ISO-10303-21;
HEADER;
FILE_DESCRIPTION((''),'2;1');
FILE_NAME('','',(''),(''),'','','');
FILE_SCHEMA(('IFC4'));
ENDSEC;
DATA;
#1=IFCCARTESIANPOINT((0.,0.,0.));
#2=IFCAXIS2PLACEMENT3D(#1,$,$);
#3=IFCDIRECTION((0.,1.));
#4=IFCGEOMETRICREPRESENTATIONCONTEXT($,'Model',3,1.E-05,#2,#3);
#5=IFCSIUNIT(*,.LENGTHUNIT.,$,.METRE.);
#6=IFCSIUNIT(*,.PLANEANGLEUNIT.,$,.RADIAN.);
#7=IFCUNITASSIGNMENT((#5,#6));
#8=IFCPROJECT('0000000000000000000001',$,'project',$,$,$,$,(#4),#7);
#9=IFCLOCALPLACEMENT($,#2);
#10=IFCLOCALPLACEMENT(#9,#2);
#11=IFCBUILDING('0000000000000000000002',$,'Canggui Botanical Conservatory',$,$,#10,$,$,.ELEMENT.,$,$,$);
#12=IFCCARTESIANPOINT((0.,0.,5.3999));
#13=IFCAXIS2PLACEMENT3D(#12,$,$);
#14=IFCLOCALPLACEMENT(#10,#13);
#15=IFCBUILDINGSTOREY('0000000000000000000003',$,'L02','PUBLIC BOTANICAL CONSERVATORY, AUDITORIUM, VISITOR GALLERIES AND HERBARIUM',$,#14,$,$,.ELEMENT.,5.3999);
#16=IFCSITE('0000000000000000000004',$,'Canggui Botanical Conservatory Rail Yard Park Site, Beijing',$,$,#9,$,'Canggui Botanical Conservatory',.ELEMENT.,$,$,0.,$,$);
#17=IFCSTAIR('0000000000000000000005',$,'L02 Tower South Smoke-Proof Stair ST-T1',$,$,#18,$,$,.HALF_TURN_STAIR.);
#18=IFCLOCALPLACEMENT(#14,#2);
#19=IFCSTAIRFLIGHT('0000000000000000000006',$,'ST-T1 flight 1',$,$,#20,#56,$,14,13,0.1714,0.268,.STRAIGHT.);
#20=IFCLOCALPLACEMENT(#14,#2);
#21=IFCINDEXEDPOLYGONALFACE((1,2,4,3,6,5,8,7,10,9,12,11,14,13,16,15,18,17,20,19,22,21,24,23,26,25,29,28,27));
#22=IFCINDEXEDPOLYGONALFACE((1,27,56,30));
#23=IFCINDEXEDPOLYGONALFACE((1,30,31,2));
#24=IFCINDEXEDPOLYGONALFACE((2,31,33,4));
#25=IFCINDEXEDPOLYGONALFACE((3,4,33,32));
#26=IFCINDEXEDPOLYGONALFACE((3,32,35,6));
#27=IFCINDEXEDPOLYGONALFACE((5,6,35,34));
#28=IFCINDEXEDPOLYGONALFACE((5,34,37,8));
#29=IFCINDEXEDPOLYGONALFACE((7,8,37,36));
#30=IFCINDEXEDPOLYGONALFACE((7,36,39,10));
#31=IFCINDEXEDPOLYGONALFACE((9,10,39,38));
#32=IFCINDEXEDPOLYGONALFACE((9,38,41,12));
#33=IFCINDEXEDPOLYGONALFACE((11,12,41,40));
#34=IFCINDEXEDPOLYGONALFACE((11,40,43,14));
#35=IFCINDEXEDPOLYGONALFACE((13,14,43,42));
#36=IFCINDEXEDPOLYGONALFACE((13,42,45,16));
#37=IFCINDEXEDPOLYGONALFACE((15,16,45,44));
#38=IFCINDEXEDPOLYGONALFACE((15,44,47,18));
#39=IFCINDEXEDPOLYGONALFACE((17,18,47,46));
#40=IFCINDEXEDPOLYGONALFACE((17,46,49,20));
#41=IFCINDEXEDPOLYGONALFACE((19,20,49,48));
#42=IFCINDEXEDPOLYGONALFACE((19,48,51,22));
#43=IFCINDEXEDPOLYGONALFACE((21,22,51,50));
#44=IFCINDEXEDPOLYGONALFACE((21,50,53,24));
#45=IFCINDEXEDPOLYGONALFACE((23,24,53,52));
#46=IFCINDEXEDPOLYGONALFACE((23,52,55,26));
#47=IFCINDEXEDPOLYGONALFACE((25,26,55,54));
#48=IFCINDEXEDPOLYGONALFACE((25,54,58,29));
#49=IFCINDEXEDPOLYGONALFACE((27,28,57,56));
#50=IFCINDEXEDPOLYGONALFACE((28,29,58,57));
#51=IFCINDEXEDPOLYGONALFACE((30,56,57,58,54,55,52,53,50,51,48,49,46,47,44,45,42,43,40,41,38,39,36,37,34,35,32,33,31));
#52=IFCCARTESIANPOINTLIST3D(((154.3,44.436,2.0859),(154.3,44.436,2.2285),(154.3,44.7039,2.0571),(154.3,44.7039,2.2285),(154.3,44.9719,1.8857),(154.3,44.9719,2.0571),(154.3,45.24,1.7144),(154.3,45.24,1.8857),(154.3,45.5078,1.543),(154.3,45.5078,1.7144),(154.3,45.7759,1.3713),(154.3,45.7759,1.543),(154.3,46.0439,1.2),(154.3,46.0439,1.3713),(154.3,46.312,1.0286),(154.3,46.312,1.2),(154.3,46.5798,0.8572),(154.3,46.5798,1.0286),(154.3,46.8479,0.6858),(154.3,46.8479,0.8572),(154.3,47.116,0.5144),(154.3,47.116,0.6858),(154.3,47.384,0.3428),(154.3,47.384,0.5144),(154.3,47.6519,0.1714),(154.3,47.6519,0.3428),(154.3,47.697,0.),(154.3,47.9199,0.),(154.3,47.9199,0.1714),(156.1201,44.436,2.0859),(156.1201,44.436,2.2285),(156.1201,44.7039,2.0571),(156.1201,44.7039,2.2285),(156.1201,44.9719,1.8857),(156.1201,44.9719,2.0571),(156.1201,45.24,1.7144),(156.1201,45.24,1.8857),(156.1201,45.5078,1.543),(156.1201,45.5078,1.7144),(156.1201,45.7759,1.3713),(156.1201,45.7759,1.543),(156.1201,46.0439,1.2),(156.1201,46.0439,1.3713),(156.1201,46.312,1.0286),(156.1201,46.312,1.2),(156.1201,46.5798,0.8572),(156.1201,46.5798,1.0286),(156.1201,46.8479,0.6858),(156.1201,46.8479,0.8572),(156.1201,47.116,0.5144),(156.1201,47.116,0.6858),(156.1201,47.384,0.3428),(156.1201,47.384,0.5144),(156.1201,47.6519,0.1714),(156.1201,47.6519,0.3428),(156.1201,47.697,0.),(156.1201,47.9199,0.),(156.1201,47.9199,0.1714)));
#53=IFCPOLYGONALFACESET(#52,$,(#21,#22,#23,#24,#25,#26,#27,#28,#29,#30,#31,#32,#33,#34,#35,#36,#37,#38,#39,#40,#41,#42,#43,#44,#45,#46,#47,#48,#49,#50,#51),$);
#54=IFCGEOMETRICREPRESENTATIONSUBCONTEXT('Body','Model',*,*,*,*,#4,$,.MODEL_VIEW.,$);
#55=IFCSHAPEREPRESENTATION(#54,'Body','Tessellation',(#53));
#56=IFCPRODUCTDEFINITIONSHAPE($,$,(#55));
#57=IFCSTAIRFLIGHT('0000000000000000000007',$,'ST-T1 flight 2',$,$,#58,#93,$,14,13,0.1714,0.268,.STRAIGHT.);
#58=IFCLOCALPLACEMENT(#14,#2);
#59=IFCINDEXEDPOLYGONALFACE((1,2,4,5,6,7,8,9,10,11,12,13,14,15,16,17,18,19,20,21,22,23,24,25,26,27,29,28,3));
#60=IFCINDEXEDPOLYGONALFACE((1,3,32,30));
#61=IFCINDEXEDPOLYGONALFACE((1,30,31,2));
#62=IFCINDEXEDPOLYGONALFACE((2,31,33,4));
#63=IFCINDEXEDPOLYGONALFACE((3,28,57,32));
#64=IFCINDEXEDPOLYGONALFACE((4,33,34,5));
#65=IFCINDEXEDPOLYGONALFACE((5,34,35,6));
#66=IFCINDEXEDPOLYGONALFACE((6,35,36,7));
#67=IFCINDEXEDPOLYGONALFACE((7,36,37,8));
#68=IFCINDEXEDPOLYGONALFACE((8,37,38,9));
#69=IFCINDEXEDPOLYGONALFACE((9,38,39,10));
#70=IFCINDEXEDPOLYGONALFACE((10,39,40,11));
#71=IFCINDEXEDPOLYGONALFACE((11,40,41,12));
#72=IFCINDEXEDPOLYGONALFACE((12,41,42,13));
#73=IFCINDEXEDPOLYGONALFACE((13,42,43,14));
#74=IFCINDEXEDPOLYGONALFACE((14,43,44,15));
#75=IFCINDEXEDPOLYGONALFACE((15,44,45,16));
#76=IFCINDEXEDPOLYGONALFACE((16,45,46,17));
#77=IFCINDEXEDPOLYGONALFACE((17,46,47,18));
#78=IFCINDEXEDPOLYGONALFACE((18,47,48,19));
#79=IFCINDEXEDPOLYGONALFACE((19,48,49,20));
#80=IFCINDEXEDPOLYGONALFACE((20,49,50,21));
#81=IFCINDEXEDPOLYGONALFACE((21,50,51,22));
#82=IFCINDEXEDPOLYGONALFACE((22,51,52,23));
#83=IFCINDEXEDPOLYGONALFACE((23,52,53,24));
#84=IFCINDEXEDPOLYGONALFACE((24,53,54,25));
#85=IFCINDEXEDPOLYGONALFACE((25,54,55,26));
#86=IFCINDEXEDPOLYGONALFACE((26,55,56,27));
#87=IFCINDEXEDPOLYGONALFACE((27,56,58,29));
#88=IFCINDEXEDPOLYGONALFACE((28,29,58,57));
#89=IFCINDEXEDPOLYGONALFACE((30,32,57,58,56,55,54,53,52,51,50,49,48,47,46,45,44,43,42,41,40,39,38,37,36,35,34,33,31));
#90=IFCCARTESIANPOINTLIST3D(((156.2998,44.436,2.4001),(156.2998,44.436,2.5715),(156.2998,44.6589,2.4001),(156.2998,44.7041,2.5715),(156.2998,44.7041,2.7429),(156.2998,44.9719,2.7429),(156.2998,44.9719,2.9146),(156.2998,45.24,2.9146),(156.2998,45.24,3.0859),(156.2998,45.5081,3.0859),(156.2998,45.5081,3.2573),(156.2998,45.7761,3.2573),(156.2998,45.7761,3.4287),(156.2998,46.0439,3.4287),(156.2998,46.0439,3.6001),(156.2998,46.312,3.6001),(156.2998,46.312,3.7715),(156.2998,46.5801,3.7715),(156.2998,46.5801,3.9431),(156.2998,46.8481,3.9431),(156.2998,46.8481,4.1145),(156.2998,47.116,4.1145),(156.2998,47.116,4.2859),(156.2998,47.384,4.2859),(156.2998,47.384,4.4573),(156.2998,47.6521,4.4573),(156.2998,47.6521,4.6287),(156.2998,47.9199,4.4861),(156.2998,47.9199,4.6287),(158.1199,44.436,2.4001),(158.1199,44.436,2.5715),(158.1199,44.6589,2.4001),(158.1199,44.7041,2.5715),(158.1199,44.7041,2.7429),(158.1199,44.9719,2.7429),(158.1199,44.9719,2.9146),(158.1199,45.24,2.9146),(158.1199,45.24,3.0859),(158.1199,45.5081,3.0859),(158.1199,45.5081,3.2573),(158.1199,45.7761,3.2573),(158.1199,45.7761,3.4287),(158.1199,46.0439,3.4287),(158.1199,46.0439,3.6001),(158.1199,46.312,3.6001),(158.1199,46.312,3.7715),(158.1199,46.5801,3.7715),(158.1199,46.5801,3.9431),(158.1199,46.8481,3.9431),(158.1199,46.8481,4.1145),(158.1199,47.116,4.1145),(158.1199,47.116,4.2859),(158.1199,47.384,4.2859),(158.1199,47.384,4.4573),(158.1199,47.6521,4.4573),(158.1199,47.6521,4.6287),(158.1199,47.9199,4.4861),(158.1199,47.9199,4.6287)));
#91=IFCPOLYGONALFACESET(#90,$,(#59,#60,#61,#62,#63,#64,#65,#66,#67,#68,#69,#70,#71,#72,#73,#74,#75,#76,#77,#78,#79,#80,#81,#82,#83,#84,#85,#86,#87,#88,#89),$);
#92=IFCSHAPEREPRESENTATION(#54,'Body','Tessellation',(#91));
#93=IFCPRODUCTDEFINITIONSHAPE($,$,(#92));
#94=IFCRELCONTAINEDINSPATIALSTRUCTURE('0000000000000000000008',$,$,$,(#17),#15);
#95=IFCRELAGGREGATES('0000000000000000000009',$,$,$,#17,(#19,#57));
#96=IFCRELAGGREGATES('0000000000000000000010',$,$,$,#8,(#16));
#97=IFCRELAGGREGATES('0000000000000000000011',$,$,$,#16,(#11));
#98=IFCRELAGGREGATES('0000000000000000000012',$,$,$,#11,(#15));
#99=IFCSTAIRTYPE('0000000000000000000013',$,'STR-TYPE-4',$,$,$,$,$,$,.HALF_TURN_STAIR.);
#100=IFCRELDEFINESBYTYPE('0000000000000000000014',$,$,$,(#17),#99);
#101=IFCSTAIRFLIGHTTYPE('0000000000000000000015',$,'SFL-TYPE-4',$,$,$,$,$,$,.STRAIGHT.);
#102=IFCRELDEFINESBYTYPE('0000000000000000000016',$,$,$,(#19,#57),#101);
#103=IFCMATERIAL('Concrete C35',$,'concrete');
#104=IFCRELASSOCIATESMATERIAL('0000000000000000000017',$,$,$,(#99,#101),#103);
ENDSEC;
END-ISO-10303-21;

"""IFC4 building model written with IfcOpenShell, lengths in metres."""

from ifc_helpers import new_model, si_unit, direction, frame, origin, place, context, subcontext, project, spatial, polyline, outline, extrude, material, type_object, element, aggregate, save


model = new_model("IFC4")

# Units and contexts
model_context = context("Model", 3, precision=1e-05, world=origin(), true_north=direction((0.0, 1.0)))
body_context = subcontext(model_context, "Body", "Model", "MODEL_VIEW")
ifc_project = project(units=[si_unit("LENGTHUNIT", "METRE"), si_unit("PLANEANGLEUNIT", "RADIAN")], contexts=[model_context])

# Site, building, storey
site_placement = place(None, origin())
site = spatial("IfcSite", under=ifc_project, at=site_placement, Name="Canggui Botanical Conservatory Rail Yard Park Site, Beijing", LongName="Canggui Botanical Conservatory", CompositionType="ELEMENT", RefElevation=0.0)
building_placement = place(site_placement, origin())
building = spatial("IfcBuilding", under=site, at=building_placement, Name="Canggui Botanical Conservatory", CompositionType="ELEMENT")
storey_placement = place(building_placement, frame((0.0, 0.0, 5.3999)))
storey = spatial("IfcBuildingStorey", under=building, at=storey_placement, Name="L02", Description="PUBLIC BOTANICAL CONSERVATORY, AUDITORIUM, VISITOR GALLERIES AND HERBARIUM", CompositionType="ELEMENT", Elevation=5.3999)

# Shared definitions
ifc_material_1 = material(Name="Concrete C35", Category="concrete")

# Stair, stair flights
stair_type = type_object("IfcStairType", Name="STR-TYPE-4", PredefinedType="HALF_TURN_STAIR", material=ifc_material_1)
stair_placement = place(storey_placement, origin())
stair = element("IfcStair", 1, at=stair_placement, inside=storey, type_object=stair_type, Name="L02 Tower South Smoke-Proof Stair ST-T1", PredefinedType="HALF_TURN_STAIR")
stair_flight_type = type_object("IfcStairFlightType", Name="SFL-TYPE-4", PredefinedType="STRAIGHT", material=ifc_material_1)
stair_flight_1_placement = place(storey_placement, frame((155.21, 47.9199, 0.0), z_axis=(0.0, 0.0, 1.0), x_axis=(0.0, -1.0, 0.0)))
stair_flight_1 = element("IfcStairFlight", 2, at=stair_flight_1_placement, type_object=stair_flight_type, Name="ST-T1 flight 1", NumberOfRisers=14, NumberOfTreads=13, PredefinedType="STRAIGHT", RiserHeight=0.1714, TreadLength=0.268, context=body_context, shape_type="SweptSolid", body=[
    extrude(outline(polyline([(0.0, 0.0), (0.0, 0.1714), (0.2681, 0.1714), (0.2681, 0.3428), (0.5359, 0.3428), (0.5359, 0.5144), (0.804, 0.5144), (0.804, 0.6858), (1.072, 0.6858), (1.072, 0.8572), (1.3401, 0.8572), (1.3401, 1.0286), (1.6079, 1.0286), (1.6079, 1.2), (1.876, 1.2), (1.876, 1.3713), (2.144, 1.3713), (2.144, 1.543), (2.4121, 1.543), (2.4121, 1.7144), (2.6799, 1.7144), (2.6799, 1.8857), (2.948, 1.8857), (2.948, 2.0571), (3.2161, 2.0571), (3.2161, 2.2285), (3.4839, 2.2285), (3.4839, 2.3999), (3.4839, 2.0859), (0.2229, 0.0), (0.0, 0.0)])), frame((0.0, 0.9102, 0.0), z_axis=(0.0, -1.0, 0.0), x_axis=(1.0, 0.0, 0.0)), (0.0, 0.0, 1.0), 1.8201),
])
stair_flight_2_placement = place(storey_placement, frame((157.21, 44.436, 2.4001), z_axis=(0.0, 0.0, 1.0), x_axis=(0.0, 1.0, 0.0)))
stair_flight_2 = element("IfcStairFlight", 3, at=stair_flight_2_placement, type_object=stair_flight_type, Name="ST-T1 flight 2", NumberOfRisers=14, NumberOfTreads=13, PredefinedType="STRAIGHT", RiserHeight=0.1714, TreadLength=0.268, context=body_context, shape_type="SweptSolid", body=[
    extrude(outline(polyline([(0.0, 0.0), (0.0, 0.1714), (0.2681, 0.1714), (0.2681, 0.3428), (0.5359, 0.3428), (0.5359, 0.5144), (0.804, 0.5144), (0.804, 0.6858), (1.072, 0.6858), (1.072, 0.8572), (1.3401, 0.8572), (1.3401, 1.0286), (1.6079, 1.0286), (1.6079, 1.2), (1.876, 1.2), (1.876, 1.3713), (2.144, 1.3713), (2.144, 1.543), (2.4121, 1.543), (2.4121, 1.7144), (2.6799, 1.7144), (2.6799, 1.8857), (2.948, 1.8857), (2.948, 2.0571), (3.2161, 2.0571), (3.2161, 2.2285), (3.4839, 2.2285), (3.4839, 2.3999), (3.4839, 2.0859), (0.2229, 0.0), (0.0, 0.0)])), frame((0.0, 0.9102, 0.0), z_axis=(0.0, -1.0, 0.0), x_axis=(1.0, 0.0, 0.0)), (0.0, 0.0, 1.0), 1.8201),
])
aggregate(stair, [stair_flight_1, stair_flight_2])

save(model, "model.ifc")
